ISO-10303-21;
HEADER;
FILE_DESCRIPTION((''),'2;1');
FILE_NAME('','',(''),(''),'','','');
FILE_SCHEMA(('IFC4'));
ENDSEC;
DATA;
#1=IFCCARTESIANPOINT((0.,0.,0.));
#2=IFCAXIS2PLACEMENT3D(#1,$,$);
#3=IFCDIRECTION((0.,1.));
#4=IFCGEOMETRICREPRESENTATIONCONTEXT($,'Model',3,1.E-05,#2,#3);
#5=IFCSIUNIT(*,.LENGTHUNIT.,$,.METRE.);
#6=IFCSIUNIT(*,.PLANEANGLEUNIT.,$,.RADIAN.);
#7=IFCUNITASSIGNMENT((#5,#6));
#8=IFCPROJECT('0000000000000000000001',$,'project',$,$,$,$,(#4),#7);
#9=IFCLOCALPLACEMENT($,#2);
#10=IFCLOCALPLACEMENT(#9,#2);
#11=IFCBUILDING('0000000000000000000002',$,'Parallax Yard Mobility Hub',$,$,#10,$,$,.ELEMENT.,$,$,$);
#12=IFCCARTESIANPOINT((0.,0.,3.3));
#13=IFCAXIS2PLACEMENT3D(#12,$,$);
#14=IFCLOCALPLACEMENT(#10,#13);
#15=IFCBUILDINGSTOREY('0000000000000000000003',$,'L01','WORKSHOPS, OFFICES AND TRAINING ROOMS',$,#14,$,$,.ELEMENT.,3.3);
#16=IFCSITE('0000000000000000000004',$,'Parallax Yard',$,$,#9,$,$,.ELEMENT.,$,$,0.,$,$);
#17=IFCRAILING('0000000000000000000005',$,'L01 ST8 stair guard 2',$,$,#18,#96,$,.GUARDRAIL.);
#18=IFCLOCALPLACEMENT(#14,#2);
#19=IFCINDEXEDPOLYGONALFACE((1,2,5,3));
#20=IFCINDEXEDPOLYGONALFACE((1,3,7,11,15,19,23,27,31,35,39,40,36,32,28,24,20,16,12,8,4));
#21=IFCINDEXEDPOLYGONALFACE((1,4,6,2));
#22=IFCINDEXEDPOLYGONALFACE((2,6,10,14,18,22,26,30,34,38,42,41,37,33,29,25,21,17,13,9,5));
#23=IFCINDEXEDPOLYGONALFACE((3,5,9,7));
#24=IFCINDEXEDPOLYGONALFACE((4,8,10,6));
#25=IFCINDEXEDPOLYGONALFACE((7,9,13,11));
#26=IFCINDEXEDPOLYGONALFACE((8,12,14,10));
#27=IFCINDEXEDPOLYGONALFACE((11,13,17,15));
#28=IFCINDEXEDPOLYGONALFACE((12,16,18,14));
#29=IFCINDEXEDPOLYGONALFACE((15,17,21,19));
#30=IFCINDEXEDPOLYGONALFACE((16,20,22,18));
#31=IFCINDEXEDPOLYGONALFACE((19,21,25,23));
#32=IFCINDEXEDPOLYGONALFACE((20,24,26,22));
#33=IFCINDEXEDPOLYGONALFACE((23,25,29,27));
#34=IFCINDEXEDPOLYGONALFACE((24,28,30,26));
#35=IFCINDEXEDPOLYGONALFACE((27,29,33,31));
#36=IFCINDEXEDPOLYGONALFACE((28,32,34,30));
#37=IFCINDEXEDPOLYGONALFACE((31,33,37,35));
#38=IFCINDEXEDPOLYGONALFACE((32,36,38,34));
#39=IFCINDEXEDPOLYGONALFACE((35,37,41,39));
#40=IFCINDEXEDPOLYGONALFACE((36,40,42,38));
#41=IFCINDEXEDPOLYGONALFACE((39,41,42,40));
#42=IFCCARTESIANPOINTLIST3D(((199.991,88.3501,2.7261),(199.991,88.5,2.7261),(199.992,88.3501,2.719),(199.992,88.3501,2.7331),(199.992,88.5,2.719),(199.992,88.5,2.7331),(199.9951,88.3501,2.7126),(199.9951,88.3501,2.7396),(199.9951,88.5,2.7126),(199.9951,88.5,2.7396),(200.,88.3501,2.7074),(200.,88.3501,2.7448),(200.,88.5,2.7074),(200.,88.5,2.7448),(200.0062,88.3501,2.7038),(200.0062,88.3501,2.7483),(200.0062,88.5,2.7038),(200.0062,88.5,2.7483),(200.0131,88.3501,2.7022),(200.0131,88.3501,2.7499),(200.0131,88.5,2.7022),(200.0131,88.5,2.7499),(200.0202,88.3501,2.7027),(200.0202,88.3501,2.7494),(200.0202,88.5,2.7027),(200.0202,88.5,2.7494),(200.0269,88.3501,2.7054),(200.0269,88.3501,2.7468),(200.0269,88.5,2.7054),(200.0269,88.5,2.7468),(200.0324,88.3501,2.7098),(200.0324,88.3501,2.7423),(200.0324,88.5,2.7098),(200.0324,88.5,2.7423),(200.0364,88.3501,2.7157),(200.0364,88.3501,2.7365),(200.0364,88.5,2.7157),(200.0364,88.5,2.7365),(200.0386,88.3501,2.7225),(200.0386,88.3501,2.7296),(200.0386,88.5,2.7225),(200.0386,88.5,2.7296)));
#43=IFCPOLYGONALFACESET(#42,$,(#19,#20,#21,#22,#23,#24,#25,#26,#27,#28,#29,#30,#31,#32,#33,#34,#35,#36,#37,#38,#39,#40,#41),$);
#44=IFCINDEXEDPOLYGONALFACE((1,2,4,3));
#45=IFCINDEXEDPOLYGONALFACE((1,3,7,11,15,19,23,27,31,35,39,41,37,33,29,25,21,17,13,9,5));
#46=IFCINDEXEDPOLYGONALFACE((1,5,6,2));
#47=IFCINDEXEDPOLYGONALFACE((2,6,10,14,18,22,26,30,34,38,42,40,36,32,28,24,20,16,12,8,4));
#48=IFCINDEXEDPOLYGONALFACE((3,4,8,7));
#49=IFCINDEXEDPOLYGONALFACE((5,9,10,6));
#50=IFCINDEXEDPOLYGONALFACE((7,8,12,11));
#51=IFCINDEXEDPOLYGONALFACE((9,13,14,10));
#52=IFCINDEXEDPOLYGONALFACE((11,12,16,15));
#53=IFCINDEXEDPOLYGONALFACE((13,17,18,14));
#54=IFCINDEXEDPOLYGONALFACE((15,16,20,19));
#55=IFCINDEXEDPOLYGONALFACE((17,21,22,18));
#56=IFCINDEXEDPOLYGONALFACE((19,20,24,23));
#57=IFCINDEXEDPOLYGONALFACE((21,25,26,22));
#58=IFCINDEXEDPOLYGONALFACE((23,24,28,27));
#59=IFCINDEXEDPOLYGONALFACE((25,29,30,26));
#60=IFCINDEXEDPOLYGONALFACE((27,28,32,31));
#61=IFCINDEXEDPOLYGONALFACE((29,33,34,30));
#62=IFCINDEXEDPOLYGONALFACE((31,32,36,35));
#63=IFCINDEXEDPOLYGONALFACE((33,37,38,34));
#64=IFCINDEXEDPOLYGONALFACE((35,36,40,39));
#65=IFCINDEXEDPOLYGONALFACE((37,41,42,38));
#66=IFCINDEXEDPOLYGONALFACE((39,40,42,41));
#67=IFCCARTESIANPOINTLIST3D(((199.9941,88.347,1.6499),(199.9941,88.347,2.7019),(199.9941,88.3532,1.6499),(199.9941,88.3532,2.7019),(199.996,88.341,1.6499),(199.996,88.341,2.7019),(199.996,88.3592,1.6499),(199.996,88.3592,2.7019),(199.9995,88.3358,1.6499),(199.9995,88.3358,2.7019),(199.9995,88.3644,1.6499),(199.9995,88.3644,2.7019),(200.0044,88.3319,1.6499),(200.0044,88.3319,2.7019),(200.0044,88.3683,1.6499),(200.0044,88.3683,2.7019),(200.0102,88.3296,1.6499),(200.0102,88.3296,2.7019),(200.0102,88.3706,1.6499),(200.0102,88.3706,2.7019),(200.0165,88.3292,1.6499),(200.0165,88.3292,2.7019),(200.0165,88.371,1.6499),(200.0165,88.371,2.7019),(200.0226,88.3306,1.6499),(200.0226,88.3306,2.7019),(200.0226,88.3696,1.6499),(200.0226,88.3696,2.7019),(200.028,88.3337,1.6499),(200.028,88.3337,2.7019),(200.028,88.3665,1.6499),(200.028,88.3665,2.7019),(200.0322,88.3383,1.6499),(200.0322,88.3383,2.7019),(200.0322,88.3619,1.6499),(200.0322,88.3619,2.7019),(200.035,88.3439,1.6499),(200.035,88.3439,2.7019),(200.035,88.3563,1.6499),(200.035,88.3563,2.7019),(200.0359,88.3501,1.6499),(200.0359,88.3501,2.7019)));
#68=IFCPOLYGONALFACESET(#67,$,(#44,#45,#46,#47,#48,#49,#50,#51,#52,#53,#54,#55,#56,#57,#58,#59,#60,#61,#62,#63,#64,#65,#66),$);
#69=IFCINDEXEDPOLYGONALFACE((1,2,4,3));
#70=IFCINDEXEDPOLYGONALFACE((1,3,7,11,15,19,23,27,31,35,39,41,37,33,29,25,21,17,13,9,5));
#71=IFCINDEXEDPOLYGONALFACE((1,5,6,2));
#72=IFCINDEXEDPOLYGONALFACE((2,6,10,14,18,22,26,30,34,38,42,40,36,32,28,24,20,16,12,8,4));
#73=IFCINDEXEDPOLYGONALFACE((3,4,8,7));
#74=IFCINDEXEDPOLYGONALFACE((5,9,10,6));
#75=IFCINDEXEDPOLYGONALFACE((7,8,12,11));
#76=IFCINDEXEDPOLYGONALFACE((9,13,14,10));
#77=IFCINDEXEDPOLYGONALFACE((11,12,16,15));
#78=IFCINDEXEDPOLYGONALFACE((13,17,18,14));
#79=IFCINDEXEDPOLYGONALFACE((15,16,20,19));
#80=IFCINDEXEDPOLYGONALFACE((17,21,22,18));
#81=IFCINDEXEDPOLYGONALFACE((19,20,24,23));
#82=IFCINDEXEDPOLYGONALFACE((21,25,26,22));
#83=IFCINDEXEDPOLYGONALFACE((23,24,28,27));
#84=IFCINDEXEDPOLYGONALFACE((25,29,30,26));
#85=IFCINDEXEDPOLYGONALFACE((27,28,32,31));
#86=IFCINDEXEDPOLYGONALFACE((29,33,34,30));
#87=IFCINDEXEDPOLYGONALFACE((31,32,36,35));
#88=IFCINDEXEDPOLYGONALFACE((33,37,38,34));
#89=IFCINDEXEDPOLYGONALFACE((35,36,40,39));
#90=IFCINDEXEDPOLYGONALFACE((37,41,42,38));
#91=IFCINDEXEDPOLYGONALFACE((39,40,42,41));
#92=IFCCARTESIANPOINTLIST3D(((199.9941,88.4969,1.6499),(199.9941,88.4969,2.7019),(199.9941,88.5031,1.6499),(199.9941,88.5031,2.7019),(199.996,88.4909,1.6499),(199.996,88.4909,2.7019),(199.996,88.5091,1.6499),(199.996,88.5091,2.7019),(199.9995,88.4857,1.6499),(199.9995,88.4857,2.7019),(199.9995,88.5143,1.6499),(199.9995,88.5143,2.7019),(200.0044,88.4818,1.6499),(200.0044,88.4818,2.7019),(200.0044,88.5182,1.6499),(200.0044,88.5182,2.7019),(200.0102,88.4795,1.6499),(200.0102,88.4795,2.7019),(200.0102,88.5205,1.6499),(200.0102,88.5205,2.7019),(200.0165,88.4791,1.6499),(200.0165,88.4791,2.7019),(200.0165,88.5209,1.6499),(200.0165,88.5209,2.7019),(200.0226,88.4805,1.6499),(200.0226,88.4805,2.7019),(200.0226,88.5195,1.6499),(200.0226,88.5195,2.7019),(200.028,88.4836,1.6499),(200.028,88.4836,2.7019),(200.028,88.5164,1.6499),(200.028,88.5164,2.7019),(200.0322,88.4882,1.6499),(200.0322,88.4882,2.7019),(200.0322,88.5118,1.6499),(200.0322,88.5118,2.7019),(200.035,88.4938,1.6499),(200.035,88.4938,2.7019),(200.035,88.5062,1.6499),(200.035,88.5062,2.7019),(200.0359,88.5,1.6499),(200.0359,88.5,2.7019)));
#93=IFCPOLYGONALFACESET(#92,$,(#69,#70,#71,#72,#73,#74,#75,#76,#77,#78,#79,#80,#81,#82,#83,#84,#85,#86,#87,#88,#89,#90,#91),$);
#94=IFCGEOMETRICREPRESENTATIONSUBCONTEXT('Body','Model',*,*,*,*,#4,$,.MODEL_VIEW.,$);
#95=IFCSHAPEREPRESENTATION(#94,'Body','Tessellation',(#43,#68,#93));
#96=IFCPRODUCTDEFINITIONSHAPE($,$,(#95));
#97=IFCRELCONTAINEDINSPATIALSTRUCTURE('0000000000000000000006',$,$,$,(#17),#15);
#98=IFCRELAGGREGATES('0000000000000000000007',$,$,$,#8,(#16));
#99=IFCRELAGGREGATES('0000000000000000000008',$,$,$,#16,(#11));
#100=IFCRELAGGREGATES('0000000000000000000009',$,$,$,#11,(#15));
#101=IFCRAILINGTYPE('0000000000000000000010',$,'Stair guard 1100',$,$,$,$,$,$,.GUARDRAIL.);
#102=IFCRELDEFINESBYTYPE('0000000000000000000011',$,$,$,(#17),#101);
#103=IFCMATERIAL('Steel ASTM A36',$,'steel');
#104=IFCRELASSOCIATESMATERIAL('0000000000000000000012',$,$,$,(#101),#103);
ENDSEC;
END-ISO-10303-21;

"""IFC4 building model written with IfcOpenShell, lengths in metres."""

from ifc_helpers import new_model, si_unit, direction, frame, origin, origin_2d, place, context, subcontext, project, spatial, circle, extrude, material, type_object, element, save


model = new_model("IFC4")

# Units and contexts
model_context = context("Model", 3, precision=1e-05, world=origin(), true_north=direction((0.0, 1.0)))
body_context = subcontext(model_context, "Body", "Model", "MODEL_VIEW")
ifc_project = project(units=[si_unit("LENGTHUNIT", "METRE"), si_unit("PLANEANGLEUNIT", "RADIAN")], contexts=[model_context])

# Site, building, storey
site_placement = place(None, origin())
site = spatial("IfcSite", under=ifc_project, at=site_placement, Name="Parallax Yard", CompositionType="ELEMENT", RefElevation=0.0)
building_placement = place(site_placement, origin())
building = spatial("IfcBuilding", under=site, at=building_placement, Name="Parallax Yard Mobility Hub", CompositionType="ELEMENT")
storey_placement = place(building_placement, frame((0.0, 0.0, 3.3)))
storey = spatial("IfcBuildingStorey", under=building, at=storey_placement, Name="L01", Description="WORKSHOPS, OFFICES AND TRAINING ROOMS", CompositionType="ELEMENT", Elevation=3.3)

# Railing
ifc_material_1 = material(Name="Steel ASTM A36", Category="steel")
railing_type_1 = type_object("IfcRailingType", Name="Stair guard 1100", PredefinedType="GUARDRAIL", material=ifc_material_1)
railing_1_placement = place(storey_placement, frame((200.0149, 88.3501, 1.6499)))
element("IfcRailing", 1, at=railing_1_placement, inside=storey, type_object=railing_type_1, Name="L01 ST8 stair guard 2", PredefinedType="GUARDRAIL", context=body_context, shape_type="SweptSolid", body=[
    extrude(circle(Radius=0.0239, at=origin_2d()), frame((0.0, 0.0, 1.0762), z_axis=(0.0, 1.0, 0.0), x_axis=(-1.0, 0.0, 0.0)), (0.0, 0.0, 1.0), 0.1499),
    extrude(circle(Radius=0.021, at=origin_2d()), origin(), (0.0, 0.0, 1.0), 1.052),
    extrude(circle(Radius=0.021, at=origin_2d()), frame((0.0, 0.1499, 0.0)), (0.0, 0.0, 1.0), 1.052),
])

save(model, "model.ifc")
